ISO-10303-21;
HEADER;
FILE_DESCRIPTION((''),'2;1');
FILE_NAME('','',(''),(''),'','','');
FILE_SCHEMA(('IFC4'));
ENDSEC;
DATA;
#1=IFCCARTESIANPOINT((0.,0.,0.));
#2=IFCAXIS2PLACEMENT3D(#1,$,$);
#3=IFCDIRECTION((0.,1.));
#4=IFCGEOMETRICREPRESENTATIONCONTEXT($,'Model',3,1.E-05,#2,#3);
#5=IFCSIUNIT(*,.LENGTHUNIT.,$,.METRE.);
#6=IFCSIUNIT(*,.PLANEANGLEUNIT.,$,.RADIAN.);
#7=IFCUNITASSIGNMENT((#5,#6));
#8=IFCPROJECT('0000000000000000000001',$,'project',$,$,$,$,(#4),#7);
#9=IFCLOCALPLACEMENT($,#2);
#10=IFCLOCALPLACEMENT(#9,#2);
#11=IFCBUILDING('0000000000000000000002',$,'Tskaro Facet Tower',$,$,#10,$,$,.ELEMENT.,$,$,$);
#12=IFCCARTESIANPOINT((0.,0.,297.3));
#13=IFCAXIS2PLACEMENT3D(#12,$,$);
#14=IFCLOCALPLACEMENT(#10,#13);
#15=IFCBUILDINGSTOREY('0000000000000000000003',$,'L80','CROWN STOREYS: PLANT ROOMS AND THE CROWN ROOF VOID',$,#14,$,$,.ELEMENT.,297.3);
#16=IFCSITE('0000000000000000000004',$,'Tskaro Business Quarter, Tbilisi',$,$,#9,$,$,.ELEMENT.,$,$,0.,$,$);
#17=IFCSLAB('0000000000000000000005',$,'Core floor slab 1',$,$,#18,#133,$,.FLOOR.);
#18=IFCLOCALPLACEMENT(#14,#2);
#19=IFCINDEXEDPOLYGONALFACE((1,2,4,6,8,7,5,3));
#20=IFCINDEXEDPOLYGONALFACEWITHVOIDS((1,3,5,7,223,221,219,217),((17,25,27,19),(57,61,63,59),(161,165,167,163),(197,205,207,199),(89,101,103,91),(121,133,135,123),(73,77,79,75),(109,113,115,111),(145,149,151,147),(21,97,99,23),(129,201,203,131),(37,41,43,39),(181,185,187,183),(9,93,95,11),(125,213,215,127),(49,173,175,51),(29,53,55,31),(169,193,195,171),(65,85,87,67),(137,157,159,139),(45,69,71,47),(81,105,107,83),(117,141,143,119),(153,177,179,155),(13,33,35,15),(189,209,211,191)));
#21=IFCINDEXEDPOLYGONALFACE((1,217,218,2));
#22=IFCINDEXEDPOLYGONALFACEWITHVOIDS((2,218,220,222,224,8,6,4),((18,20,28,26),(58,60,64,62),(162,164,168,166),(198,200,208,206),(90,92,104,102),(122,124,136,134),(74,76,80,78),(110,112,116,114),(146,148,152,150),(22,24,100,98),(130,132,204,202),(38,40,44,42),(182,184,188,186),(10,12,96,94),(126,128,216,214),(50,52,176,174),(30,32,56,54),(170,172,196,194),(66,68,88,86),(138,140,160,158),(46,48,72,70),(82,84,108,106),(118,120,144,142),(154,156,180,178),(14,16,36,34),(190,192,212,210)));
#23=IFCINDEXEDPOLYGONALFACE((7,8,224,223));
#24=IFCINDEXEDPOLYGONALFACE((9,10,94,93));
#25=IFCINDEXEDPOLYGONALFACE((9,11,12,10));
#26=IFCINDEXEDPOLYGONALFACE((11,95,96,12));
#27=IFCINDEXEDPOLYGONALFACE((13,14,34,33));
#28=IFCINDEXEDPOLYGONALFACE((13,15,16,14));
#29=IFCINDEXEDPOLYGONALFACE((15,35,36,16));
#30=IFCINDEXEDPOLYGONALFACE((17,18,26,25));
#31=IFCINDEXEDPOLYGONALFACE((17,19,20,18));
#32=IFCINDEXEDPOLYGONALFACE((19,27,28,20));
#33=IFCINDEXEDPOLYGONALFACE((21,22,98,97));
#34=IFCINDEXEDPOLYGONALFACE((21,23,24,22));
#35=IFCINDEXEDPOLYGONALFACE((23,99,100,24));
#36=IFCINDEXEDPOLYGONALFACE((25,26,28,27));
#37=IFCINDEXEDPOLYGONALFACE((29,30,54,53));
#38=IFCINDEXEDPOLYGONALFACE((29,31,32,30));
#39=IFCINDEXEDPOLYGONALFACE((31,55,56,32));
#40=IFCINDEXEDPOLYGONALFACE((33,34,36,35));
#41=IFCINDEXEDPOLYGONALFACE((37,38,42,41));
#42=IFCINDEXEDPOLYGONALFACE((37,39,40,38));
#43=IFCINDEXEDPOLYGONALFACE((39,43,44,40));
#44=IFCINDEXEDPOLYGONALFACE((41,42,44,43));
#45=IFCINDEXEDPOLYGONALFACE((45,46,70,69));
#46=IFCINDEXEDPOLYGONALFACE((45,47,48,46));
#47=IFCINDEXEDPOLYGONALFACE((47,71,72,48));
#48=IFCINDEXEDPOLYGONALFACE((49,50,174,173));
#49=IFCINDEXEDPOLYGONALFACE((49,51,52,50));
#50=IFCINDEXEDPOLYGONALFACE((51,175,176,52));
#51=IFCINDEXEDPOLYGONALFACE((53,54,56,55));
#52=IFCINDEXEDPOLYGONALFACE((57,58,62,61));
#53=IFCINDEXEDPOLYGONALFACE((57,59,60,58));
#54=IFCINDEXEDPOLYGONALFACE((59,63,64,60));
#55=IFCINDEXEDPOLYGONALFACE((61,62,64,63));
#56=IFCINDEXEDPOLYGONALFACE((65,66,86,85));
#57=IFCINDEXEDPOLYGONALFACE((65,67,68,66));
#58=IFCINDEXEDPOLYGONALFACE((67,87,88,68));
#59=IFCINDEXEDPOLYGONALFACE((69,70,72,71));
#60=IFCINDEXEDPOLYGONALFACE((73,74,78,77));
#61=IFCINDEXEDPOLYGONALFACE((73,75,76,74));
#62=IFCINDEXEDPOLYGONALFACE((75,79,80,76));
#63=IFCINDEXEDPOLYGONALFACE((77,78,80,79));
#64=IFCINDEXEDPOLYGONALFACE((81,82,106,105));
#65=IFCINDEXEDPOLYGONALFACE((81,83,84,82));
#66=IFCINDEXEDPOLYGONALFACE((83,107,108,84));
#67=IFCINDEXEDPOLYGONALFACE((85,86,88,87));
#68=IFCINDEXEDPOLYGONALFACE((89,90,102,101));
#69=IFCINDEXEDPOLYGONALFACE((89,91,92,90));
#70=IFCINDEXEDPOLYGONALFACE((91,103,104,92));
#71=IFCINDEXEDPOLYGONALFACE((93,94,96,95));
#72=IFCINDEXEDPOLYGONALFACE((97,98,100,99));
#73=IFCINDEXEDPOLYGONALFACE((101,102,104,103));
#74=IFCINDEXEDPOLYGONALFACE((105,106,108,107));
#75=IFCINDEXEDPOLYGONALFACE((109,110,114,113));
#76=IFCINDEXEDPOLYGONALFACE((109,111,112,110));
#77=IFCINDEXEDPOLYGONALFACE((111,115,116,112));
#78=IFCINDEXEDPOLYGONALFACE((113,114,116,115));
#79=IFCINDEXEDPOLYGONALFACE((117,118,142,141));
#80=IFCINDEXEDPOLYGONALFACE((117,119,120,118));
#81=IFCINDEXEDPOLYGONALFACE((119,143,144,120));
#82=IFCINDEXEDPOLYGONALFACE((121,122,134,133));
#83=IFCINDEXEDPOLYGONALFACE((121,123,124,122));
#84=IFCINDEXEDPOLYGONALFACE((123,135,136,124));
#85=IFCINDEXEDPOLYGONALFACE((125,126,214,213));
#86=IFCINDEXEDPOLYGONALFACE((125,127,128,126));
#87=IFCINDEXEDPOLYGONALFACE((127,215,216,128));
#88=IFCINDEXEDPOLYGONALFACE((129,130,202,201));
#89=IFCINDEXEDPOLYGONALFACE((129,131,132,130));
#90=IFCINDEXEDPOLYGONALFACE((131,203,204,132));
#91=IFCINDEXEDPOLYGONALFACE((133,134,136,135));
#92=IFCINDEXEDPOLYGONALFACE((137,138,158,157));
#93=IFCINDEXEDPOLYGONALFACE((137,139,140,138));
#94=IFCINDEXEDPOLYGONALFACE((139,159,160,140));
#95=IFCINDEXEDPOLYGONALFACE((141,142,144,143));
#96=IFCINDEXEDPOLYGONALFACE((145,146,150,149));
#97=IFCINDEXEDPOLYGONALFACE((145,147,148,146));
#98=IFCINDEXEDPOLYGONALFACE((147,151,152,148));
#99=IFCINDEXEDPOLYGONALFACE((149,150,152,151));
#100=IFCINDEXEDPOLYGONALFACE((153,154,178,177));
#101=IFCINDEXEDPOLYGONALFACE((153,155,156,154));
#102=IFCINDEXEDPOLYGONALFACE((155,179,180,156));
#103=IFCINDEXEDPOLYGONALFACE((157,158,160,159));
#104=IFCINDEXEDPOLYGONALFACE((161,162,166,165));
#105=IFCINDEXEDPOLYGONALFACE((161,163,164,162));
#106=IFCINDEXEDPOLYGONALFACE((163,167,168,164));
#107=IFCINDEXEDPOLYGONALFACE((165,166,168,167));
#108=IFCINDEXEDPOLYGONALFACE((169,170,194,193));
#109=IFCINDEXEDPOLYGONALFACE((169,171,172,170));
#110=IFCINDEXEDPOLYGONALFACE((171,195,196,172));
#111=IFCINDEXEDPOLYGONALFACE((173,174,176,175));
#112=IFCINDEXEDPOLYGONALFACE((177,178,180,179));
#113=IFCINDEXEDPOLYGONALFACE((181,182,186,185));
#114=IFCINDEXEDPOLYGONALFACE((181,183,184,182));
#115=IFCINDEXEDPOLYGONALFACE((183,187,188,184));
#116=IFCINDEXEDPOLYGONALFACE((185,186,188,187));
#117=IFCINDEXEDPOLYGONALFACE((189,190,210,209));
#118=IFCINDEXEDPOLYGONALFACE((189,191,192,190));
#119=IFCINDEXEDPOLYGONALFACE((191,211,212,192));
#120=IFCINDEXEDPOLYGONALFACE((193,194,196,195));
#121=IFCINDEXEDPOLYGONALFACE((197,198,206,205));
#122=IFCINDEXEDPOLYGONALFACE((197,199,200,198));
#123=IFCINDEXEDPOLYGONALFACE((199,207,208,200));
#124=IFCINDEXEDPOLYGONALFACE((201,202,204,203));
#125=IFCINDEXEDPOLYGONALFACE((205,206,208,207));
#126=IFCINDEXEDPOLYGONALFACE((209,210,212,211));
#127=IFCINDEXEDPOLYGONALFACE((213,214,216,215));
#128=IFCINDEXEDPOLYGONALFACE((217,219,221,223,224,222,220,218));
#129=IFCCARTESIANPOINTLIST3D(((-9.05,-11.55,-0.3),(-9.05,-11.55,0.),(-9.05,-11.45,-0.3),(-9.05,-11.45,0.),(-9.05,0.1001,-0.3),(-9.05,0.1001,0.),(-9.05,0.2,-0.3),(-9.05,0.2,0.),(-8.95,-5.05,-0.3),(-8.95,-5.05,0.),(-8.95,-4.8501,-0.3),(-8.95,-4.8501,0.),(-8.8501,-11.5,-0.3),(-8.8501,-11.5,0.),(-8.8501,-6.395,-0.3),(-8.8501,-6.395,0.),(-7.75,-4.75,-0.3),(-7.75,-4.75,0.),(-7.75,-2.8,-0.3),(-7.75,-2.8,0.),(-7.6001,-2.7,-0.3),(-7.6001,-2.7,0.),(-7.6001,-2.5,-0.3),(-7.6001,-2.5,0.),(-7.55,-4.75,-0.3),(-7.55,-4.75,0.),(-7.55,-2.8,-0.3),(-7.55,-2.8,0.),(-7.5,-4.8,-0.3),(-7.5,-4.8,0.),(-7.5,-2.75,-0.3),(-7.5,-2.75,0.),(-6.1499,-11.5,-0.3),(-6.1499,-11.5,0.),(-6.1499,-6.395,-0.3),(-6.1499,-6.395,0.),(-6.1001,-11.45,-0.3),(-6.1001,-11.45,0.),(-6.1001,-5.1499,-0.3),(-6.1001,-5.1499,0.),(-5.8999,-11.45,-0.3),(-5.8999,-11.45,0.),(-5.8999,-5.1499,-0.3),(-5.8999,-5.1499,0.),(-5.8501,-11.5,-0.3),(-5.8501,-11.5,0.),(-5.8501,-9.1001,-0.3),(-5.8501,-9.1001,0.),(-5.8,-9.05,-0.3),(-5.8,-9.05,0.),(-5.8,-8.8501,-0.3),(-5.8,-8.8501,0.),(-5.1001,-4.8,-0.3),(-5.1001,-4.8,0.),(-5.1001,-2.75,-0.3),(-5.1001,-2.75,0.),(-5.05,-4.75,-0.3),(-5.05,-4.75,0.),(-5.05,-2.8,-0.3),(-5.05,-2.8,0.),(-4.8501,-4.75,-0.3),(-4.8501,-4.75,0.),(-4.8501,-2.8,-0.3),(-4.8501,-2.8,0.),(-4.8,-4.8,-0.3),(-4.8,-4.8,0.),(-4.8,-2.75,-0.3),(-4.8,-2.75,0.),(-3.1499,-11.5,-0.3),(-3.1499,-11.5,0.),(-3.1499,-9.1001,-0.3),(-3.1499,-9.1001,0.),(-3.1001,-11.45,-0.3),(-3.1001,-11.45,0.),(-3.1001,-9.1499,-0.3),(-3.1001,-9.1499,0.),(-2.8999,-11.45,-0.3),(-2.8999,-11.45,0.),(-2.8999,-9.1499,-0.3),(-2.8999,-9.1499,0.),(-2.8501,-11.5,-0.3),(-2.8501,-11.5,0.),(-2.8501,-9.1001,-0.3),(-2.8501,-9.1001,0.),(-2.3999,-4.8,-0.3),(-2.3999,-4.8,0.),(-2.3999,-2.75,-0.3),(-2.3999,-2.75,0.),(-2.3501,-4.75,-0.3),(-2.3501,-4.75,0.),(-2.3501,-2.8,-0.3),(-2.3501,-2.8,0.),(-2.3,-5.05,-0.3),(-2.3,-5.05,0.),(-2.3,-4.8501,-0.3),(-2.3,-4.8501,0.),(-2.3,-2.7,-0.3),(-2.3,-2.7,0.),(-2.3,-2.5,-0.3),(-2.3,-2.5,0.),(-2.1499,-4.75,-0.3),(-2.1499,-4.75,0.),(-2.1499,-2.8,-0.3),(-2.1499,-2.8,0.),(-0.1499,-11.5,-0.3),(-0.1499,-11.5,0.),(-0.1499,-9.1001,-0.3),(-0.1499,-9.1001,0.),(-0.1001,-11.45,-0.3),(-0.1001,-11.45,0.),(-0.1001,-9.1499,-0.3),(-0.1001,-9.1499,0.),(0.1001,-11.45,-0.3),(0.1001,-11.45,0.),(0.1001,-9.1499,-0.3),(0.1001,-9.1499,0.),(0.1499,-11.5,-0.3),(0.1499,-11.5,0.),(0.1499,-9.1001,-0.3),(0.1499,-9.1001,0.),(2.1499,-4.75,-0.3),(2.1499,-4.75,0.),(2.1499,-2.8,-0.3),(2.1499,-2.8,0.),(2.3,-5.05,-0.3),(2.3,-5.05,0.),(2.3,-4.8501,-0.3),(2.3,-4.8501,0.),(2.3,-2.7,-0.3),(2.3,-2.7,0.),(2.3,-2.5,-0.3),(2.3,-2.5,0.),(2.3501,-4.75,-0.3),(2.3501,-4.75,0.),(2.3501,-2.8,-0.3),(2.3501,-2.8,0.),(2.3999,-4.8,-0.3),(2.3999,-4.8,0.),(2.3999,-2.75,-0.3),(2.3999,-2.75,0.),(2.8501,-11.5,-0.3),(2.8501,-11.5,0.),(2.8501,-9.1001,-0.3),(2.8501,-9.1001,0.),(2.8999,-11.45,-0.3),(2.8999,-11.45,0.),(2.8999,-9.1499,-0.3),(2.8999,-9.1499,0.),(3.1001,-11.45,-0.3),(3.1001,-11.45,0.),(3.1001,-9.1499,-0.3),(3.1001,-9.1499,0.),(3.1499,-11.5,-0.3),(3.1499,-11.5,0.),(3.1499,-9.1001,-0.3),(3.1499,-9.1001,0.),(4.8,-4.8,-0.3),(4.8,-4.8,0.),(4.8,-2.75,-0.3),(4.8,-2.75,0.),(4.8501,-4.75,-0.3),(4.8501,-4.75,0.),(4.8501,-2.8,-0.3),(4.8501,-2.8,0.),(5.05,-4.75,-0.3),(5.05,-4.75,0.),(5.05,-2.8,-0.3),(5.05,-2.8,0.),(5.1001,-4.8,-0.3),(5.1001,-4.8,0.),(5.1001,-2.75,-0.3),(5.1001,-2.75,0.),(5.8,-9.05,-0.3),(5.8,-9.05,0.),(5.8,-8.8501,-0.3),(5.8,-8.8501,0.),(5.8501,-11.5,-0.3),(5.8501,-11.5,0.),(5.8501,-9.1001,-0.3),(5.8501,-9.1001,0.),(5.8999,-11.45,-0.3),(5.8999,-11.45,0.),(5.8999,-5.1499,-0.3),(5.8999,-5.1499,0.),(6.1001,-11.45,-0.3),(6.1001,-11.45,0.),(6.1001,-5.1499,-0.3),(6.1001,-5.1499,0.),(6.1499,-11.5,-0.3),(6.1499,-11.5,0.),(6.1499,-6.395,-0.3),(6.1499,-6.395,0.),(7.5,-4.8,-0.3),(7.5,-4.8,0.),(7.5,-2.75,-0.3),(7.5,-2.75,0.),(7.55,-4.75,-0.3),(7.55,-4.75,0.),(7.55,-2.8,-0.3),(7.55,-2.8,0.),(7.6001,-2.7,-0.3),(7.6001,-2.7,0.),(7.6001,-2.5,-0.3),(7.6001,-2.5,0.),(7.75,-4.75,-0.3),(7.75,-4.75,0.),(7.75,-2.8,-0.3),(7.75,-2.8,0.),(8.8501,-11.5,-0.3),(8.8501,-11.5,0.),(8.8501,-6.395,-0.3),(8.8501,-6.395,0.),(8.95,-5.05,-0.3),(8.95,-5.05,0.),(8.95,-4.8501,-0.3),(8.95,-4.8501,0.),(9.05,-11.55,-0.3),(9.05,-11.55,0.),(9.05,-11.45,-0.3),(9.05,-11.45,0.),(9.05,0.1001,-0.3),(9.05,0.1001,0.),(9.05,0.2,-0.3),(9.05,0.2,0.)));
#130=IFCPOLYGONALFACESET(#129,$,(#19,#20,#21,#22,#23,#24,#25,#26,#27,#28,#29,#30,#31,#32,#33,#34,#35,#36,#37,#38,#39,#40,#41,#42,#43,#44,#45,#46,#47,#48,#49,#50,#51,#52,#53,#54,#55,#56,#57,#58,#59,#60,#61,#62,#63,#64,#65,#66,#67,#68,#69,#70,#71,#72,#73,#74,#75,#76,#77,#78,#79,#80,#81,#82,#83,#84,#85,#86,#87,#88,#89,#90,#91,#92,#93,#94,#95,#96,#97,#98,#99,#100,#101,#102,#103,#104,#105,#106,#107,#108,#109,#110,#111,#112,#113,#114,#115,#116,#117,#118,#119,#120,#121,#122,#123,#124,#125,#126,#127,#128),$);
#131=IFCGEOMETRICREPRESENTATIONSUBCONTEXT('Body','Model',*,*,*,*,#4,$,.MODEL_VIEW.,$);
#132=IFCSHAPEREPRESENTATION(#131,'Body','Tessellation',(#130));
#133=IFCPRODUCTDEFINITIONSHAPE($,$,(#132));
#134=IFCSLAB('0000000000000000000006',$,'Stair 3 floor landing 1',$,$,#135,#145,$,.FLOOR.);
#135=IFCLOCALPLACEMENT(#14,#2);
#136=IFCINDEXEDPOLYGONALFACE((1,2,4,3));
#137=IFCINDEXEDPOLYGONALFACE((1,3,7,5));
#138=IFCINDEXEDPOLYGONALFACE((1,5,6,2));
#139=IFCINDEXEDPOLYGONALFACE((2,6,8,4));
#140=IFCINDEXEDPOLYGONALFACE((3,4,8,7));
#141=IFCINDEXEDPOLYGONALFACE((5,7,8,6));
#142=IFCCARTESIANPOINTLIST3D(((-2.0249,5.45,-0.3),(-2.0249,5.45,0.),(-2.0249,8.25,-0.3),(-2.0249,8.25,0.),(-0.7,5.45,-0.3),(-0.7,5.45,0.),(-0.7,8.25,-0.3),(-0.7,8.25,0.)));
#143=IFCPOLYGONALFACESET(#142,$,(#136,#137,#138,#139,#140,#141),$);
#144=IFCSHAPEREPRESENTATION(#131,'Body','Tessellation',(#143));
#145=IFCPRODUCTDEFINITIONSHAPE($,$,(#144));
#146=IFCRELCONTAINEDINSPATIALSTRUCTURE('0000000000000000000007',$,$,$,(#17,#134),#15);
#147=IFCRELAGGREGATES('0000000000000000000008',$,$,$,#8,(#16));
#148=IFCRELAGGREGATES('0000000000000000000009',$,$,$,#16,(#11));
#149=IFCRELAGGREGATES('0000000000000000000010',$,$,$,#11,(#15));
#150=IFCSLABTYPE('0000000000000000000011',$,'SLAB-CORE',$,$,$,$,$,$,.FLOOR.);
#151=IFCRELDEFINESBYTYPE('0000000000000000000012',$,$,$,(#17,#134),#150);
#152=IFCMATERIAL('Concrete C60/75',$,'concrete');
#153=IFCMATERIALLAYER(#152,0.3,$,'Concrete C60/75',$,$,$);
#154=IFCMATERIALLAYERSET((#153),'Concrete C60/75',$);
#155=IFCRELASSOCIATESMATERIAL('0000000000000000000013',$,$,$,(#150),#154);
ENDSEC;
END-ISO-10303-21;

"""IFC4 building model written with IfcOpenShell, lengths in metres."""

from ifc_helpers import new_model, si_unit, direction, frame, origin, place, context, subcontext, project, spatial, polyline, outline, extrude, material, layer, layer_set, type_object, element, save


model = new_model("IFC4")

# Units and contexts
model_context = context("Model", 3, precision=1e-05, world=origin(), true_north=direction((0.0, 1.0)))
body_context = subcontext(model_context, "Body", "Model", "MODEL_VIEW")
ifc_project = project(units=[si_unit("LENGTHUNIT", "METRE"), si_unit("PLANEANGLEUNIT", "RADIAN")], contexts=[model_context])

# Site, building, storey
site_placement = place(None, origin())
site = spatial("IfcSite", under=ifc_project, at=site_placement, Name="Tskaro Business Quarter, Tbilisi", CompositionType="ELEMENT", RefElevation=0.0)
building_placement = place(site_placement, origin())
building = spatial("IfcBuilding", under=site, at=building_placement, Name="Tskaro Facet Tower", CompositionType="ELEMENT")
storey_placement = place(building_placement, frame((0.0, 0.0, 297.3)))
storey = spatial("IfcBuildingStorey", under=building, at=storey_placement, Name="L80", Description="CROWN STOREYS: PLANT ROOMS AND THE CROWN ROOF VOID", CompositionType="ELEMENT", Elevation=297.3)

# Slabs
ifc_material_1 = material(Name="Concrete C60/75", Category="concrete")
ifc_layer_1 = layer(ifc_material_1, 0.3, Name="Concrete C60/75")
ifc_layer_set_1 = layer_set([ifc_layer_1], Name="Concrete C60/75")
slab_type_1 = type_object("IfcSlabType", Name="SLAB-CORE", PredefinedType="FLOOR", material=ifc_layer_set_1)
slab_1_placement = place(storey_placement, frame((0.0, 0.0, -0.3)))
element("IfcSlab", 1, at=slab_1_placement, inside=storey, type_object=slab_type_1, Name="Core floor slab 1", PredefinedType="FLOOR", context=body_context, shape_type="SweptSolid", body=[
    extrude(outline(polyline([(-9.05, 0.2), (9.05, 0.2), (9.05, 0.1001), (9.05, -11.45), (9.05, -11.55), (-9.05, -11.55), (-9.05, -11.45), (-9.05, 0.1001), (-9.05, 0.2)]), holes=[polyline([(-5.8501, -9.1001), (-5.8501, -11.5), (-3.1499, -11.5), (-3.1499, -9.1001), (-5.8501, -9.1001)]), polyline([(-3.1001, -11.45), (-2.8999, -11.45), (-2.8999, -9.1499), (-3.1001, -9.1499), (-3.1001, -11.45)]), polyline([(-2.8501, -9.1001), (-2.8501, -11.5), (-0.1499, -11.5), (-0.1499, -9.1001), (-2.8501, -9.1001)]), polyline([(-6.1001, -11.45), (-5.8999, -11.45), (-5.8999, -5.1499), (-6.1001, -5.1499), (-6.1001, -11.45)]), polyline([(-8.95, -5.05), (-2.3, -5.05), (-2.3, -4.8501), (-8.95, -4.8501), (-8.95, -5.05)]), polyline([(-7.75, -4.75), (-7.55, -4.75), (-7.55, -2.8), (-7.75, -2.8), (-7.75, -4.75)]), polyline([(-7.5, -4.8), (-5.1001, -4.8), (-5.1001, -2.75), (-7.5, -2.75), (-7.5, -4.8)]), polyline([(-5.05, -4.75), (-4.8501, -4.75), (-4.8501, -2.8), (-5.05, -2.8), (-5.05, -4.75)]), polyline([(-2.3999, -4.8), (-2.3999, -2.75), (-4.8, -2.75), (-4.8, -4.8), (-2.3999, -4.8)]), polyline([(-2.3501, -4.75), (-2.1499, -4.75), (-2.1499, -2.8), (-2.3501, -2.8), (-2.3501, -4.75)]), polyline([(-7.6001, -2.7), (-2.3, -2.7), (-2.3, -2.5), (-7.6001, -2.5), (-7.6001, -2.7)]), polyline([(-0.1001, -11.45), (0.1001, -11.45), (0.1001, -9.1499), (-0.1001, -9.1499), (-0.1001, -11.45)]), polyline([(0.1499, -9.1001), (0.1499, -11.5), (2.8501, -11.5), (2.8501, -9.1001), (0.1499, -9.1001)]), polyline([(2.8999, -11.45), (3.1001, -11.45), (3.1001, -9.1499), (2.8999, -9.1499), (2.8999, -11.45)]), polyline([(3.1499, -9.1001), (3.1499, -11.5), (5.8501, -11.5), (5.8501, -9.1001), (3.1499, -9.1001)]), polyline([(-5.8, -9.05), (5.8, -9.05), (5.8, -8.8501), (-5.8, -8.8501), (-5.8, -9.05)]), polyline([(5.8999, -11.45), (6.1001, -11.45), (6.1001, -5.1499), (5.8999, -5.1499), (5.8999, -11.45)]), polyline([(2.3, -5.05), (8.95, -5.05), (8.95, -4.8501), (2.3, -4.8501), (2.3, -5.05)]), polyline([(2.1499, -4.75), (2.3501, -4.75), (2.3501, -2.8), (2.1499, -2.8), (2.1499, -4.75)]), polyline([(4.8, -2.75), (2.3999, -2.75), (2.3999, -4.8), (4.8, -4.8), (4.8, -2.75)]), polyline([(4.8501, -4.75), (5.05, -4.75), (5.05, -2.8), (4.8501, -2.8), (4.8501, -4.75)]), polyline([(7.5, -2.75), (5.1001, -2.75), (5.1001, -4.8), (7.5, -4.8), (7.5, -2.75)]), polyline([(7.55, -4.75), (7.75, -4.75), (7.75, -2.8), (7.55, -2.8), (7.55, -4.75)]), polyline([(2.3, -2.7), (7.6001, -2.7), (7.6001, -2.5), (2.3, -2.5), (2.3, -2.7)]), polyline([(-8.8501, -11.5), (-6.1499, -11.5), (-6.1499, -6.395), (-8.8501, -6.395), (-8.8501, -11.5)]), polyline([(6.1499, -6.395), (6.1499, -11.5), (8.8501, -11.5), (8.8501, -6.395), (6.1499, -6.395)])]), origin(), (0.0, 0.0, 1.0), 0.3),
])
slab_2_placement = place(storey_placement, frame((0.0, 0.0, -0.3)))
element("IfcSlab", 2, at=slab_2_placement, inside=storey, type_object=slab_type_1, Name="Stair 3 floor landing 1", PredefinedType="FLOOR", context=body_context, shape_type="SweptSolid", body=[
    extrude(outline(polyline([(-2.0249, 5.45), (-0.7, 5.45), (-0.7, 8.25), (-2.0249, 8.25), (-2.0249, 5.45)])), origin(), (0.0, 0.0, 1.0), 0.3),
])

save(model, "model.ifc")
